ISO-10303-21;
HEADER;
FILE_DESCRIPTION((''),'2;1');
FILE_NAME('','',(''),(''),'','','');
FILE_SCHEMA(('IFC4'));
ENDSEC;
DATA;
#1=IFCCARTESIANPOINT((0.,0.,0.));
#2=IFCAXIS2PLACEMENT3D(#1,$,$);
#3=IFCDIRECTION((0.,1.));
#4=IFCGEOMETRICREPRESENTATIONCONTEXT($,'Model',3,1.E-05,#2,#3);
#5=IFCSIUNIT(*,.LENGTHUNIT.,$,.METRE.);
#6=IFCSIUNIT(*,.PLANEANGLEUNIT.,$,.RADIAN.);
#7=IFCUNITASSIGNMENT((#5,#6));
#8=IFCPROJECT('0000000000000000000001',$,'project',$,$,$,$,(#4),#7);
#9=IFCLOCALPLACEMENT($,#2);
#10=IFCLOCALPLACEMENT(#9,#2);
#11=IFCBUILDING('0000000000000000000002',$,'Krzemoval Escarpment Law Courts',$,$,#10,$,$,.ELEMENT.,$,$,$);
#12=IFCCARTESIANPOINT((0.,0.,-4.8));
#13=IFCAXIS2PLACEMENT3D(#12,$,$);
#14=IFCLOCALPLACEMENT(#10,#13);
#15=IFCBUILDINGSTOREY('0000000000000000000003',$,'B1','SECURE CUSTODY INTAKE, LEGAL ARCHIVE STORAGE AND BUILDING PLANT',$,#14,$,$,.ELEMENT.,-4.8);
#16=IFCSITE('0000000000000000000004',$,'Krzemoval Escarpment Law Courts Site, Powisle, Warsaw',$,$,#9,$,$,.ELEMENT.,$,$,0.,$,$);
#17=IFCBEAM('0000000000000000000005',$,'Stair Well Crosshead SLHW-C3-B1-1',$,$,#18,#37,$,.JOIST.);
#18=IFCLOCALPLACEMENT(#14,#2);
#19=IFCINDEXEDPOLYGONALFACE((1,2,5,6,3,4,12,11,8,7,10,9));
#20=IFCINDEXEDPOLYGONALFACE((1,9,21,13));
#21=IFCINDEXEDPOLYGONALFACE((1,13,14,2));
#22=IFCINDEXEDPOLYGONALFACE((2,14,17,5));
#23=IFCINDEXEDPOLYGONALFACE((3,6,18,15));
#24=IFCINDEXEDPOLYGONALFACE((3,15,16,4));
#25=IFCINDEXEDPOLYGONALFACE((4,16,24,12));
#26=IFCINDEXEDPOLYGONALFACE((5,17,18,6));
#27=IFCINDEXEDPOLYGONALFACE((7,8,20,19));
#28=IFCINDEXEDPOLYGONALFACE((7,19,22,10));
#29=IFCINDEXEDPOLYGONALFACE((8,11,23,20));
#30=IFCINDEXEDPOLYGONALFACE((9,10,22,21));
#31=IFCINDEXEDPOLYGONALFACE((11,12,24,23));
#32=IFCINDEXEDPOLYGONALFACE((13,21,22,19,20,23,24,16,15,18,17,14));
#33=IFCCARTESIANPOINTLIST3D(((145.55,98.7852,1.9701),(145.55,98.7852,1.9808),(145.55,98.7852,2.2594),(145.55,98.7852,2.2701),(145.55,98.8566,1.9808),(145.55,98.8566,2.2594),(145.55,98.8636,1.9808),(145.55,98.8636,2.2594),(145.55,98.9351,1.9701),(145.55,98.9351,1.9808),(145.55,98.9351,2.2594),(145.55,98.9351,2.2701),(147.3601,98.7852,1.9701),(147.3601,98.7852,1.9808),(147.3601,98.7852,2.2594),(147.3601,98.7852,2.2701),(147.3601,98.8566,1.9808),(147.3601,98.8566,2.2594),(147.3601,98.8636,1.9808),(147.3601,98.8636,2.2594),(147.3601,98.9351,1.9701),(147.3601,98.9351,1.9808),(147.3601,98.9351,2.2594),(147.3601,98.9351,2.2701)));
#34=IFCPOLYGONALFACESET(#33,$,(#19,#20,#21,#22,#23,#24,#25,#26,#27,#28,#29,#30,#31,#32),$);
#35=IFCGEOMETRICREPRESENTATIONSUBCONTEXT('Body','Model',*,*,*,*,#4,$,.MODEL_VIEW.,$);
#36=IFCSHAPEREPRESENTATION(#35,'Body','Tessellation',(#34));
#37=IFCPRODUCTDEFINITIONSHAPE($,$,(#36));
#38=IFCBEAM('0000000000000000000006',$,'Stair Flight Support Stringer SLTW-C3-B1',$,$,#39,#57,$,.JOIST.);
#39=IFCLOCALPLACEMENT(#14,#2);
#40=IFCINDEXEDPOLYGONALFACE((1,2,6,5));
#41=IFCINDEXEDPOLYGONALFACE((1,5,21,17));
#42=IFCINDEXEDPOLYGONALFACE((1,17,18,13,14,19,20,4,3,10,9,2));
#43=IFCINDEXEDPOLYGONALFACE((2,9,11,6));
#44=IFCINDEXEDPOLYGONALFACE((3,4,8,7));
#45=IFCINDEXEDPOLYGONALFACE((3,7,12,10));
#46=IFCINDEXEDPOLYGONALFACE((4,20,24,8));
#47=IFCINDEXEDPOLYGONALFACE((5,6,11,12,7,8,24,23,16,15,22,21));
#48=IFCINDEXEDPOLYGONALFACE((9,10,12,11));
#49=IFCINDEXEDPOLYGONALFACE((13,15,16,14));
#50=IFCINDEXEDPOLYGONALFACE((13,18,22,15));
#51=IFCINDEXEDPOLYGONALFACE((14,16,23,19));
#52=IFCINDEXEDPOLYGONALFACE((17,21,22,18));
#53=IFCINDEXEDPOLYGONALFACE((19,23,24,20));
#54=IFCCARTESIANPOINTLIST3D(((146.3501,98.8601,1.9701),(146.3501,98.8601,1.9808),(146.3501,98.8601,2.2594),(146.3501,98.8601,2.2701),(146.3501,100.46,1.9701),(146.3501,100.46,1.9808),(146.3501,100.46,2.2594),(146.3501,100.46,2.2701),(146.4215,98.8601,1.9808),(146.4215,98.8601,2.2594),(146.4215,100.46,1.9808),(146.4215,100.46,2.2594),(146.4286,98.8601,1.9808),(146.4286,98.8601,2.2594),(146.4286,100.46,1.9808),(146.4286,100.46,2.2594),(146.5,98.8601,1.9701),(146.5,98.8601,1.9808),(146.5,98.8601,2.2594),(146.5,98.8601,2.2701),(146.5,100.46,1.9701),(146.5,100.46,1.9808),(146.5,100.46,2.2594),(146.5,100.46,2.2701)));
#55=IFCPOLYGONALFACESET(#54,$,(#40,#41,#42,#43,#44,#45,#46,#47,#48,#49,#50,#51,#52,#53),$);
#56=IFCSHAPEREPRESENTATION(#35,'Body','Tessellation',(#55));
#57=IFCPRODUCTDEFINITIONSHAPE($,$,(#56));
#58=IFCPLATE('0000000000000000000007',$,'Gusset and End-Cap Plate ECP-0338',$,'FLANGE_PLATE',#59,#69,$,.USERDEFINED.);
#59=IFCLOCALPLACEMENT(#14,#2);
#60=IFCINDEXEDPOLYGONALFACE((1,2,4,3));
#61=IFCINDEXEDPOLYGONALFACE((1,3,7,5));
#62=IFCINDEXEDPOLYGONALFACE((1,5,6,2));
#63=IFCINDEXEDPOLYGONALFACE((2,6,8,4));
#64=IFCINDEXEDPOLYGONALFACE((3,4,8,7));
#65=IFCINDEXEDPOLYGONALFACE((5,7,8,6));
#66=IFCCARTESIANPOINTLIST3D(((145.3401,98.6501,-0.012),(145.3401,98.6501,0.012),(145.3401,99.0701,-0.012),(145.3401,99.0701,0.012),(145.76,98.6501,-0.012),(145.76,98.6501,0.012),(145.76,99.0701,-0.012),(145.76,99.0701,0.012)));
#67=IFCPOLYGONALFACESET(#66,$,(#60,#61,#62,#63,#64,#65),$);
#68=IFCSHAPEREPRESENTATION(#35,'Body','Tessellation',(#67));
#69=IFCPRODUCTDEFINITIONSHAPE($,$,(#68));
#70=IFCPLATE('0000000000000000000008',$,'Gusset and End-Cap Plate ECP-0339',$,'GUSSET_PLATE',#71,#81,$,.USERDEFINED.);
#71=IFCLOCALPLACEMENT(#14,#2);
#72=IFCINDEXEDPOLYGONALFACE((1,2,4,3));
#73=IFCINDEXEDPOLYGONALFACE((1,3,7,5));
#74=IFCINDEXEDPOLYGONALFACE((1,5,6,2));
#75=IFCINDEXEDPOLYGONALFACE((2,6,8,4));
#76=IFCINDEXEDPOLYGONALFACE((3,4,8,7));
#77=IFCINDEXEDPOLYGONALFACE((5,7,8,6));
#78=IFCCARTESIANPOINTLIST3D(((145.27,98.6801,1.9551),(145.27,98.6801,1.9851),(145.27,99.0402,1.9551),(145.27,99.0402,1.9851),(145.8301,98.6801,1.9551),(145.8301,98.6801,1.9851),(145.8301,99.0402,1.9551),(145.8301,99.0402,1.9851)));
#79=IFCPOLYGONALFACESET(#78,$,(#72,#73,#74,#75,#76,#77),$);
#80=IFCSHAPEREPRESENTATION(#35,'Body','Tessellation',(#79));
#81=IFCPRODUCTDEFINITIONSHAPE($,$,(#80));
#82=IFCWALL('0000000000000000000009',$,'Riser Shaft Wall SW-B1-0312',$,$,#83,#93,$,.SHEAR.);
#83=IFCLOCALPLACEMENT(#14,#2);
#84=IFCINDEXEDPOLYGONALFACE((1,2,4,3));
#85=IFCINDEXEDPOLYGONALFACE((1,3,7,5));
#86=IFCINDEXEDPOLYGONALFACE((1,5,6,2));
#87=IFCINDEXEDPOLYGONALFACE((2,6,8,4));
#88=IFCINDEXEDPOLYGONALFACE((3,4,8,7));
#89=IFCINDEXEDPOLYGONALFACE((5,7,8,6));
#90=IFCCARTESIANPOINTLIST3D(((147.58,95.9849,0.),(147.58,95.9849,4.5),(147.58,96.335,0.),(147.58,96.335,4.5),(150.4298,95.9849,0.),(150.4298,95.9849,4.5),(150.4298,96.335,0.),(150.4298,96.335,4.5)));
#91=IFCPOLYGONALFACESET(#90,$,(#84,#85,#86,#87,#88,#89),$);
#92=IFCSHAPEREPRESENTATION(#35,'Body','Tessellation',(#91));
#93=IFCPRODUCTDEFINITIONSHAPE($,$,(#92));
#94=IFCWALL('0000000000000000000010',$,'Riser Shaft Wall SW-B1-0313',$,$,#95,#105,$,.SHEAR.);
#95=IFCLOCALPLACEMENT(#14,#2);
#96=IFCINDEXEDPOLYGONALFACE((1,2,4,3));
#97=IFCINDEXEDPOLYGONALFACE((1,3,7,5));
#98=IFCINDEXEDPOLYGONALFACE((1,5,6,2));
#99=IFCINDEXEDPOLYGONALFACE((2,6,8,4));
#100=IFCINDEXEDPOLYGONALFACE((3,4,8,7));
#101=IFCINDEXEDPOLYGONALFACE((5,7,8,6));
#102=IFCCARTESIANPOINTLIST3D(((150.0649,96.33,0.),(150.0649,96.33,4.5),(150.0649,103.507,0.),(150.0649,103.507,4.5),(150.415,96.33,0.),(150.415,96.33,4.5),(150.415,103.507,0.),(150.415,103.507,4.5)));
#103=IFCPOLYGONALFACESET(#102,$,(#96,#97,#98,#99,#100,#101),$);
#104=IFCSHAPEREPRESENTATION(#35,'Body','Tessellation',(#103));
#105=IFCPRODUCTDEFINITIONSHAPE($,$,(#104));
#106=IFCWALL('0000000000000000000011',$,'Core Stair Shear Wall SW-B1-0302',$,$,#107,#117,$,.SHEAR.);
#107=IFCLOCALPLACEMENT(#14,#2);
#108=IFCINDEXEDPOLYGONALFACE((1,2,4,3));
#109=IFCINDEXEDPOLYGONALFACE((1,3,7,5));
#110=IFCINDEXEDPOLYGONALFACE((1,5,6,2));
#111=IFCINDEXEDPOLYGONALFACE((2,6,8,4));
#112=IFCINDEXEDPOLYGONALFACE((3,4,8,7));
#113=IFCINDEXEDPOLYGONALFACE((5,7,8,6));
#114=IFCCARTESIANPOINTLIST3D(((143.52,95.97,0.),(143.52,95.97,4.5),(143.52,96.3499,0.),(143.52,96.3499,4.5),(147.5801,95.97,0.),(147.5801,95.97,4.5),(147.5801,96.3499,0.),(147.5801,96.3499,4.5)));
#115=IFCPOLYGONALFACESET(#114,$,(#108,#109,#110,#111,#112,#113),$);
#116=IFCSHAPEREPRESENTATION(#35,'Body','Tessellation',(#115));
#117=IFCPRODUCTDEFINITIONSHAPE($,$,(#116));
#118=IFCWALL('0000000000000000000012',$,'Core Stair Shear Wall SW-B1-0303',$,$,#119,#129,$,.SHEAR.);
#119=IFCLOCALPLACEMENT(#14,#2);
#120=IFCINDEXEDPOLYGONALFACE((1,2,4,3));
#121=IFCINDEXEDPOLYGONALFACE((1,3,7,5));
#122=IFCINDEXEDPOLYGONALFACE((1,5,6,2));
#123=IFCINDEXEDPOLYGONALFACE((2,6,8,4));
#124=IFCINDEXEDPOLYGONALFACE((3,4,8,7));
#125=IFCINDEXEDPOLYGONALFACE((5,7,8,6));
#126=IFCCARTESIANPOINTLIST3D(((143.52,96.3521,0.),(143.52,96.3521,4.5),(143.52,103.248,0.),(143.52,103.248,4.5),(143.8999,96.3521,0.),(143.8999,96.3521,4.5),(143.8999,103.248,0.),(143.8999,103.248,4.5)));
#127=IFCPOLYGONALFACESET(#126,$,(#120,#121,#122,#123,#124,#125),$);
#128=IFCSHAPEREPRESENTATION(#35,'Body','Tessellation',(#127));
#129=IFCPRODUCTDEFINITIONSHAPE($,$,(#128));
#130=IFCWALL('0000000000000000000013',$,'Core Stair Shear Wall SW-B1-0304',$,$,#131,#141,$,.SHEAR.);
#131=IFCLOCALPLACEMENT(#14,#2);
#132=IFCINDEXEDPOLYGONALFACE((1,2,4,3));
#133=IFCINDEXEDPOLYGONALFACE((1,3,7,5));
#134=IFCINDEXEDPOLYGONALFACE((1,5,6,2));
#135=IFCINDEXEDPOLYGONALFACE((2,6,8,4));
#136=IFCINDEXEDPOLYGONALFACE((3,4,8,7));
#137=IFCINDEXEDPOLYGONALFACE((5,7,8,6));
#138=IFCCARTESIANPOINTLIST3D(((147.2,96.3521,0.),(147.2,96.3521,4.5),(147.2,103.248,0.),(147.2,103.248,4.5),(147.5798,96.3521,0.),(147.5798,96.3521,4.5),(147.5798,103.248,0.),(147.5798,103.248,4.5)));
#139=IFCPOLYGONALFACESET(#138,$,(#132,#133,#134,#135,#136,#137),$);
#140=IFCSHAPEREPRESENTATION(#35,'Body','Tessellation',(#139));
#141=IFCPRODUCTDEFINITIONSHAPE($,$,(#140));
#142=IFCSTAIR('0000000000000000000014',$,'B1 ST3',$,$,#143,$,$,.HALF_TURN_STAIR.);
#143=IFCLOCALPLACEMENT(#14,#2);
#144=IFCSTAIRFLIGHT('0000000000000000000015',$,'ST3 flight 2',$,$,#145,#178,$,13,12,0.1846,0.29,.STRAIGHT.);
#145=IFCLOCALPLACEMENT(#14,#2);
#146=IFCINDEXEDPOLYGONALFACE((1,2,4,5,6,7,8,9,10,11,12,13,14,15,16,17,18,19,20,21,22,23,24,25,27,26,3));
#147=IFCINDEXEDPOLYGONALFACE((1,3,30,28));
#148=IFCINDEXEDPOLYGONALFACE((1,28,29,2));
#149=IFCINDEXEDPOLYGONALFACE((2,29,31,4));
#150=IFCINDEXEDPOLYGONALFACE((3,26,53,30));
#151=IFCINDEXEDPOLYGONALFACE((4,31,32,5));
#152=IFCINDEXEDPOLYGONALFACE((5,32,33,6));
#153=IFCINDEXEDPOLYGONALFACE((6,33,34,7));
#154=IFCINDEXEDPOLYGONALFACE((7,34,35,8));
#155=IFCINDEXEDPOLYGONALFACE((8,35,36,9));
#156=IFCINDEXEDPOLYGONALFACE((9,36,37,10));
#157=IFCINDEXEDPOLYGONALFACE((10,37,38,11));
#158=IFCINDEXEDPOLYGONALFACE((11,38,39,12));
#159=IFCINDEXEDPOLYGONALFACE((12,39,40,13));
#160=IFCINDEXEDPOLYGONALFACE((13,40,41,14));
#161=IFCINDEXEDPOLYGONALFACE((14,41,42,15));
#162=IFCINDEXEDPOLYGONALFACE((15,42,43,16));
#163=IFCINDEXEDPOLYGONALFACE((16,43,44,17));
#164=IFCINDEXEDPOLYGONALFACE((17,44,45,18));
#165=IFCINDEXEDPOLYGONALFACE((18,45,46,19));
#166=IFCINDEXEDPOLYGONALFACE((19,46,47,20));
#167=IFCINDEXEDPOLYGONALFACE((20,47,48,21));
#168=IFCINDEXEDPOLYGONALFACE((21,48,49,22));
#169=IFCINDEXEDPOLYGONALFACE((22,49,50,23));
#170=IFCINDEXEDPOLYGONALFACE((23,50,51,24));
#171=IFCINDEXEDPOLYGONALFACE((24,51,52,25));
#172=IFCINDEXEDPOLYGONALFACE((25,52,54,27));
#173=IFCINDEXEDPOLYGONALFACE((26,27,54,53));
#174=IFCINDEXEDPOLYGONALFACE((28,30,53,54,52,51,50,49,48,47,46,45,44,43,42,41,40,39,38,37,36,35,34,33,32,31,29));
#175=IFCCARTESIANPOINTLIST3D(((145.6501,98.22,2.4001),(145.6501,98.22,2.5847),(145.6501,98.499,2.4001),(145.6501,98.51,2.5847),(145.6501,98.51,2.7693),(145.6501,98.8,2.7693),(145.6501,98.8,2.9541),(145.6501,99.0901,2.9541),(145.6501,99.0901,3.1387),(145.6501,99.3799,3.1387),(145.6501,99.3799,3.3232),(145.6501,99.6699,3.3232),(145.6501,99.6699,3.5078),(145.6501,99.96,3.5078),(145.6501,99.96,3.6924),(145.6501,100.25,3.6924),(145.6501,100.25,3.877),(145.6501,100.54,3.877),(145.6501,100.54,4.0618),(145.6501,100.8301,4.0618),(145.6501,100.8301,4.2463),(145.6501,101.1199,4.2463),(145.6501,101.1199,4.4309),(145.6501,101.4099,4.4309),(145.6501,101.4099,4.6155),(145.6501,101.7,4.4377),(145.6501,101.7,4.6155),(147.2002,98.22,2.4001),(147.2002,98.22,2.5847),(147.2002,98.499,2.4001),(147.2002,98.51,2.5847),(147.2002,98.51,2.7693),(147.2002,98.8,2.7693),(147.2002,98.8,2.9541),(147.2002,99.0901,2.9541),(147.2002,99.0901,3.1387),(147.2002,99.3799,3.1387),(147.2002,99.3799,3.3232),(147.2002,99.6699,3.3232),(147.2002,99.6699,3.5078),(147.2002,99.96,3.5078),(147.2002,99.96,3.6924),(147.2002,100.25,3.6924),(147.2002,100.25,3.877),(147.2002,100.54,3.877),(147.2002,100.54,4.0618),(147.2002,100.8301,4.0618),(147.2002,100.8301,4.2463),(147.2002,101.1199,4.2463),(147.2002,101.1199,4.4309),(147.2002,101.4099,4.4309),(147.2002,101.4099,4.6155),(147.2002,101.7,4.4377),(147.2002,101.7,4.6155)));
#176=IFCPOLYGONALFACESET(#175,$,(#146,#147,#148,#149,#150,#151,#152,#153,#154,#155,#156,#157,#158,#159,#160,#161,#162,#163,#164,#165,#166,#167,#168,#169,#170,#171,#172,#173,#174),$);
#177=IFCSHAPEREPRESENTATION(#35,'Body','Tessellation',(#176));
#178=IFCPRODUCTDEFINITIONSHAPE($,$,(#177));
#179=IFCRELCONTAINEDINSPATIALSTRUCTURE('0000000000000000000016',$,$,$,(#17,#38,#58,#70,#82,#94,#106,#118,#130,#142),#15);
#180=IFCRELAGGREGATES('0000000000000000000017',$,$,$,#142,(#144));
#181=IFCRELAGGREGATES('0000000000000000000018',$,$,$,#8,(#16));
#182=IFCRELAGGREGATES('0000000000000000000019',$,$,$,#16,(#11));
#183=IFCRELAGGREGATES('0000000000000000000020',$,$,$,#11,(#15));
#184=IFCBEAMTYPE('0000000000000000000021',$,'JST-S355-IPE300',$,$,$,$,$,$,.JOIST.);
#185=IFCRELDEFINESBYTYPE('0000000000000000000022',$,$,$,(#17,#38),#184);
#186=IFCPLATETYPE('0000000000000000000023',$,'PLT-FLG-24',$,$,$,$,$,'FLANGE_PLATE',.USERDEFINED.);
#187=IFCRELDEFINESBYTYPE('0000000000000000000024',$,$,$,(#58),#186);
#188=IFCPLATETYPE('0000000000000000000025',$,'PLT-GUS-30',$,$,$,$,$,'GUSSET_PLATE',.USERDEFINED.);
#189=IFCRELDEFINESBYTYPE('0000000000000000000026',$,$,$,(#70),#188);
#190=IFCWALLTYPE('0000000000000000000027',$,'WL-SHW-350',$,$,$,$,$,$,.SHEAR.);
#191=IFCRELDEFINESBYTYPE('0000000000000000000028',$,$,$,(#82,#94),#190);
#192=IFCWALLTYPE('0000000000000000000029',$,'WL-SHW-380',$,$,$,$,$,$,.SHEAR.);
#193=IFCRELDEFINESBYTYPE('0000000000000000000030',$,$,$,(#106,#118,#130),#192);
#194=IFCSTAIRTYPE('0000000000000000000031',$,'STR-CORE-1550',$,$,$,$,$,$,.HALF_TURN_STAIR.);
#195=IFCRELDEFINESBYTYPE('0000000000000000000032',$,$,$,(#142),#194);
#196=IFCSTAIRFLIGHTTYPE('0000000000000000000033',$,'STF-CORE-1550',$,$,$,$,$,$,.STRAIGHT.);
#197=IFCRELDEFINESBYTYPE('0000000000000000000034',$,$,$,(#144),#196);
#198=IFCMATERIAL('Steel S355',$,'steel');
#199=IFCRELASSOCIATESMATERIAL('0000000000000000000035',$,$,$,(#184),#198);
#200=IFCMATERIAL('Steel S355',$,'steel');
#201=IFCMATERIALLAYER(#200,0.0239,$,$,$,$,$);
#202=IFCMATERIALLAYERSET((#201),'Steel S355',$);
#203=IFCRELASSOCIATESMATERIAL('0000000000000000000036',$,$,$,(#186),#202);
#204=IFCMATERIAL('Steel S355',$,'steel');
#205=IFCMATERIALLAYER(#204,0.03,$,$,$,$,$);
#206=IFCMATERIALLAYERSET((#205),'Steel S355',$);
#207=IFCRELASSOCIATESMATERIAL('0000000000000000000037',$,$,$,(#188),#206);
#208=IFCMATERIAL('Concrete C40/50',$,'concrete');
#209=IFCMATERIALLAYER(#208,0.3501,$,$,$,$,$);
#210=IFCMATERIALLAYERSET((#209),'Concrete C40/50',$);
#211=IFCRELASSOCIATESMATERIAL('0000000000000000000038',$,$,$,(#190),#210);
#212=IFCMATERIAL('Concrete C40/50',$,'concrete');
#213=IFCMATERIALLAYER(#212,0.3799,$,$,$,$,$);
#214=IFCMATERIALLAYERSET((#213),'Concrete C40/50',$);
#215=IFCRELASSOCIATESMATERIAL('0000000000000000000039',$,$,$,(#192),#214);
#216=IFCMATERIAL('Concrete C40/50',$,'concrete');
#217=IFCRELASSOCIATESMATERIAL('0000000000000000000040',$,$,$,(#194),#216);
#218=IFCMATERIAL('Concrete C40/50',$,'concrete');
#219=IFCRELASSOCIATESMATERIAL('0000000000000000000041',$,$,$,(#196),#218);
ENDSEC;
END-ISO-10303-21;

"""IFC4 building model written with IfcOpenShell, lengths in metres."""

from ifc_helpers import new_model, si_unit, direction, frame, frame_2d, origin, origin_2d, place, context, subcontext, project, spatial, polyline, rectangle, i_section, outline, extrude, material, layer, layer_set, material_profile, profile_set, type_object, element, aggregate, save


model = new_model("IFC4")

# Units and contexts
model_context = context("Model", 3, precision=1e-05, world=origin(), true_north=direction((0.0, 1.0)))
body_context = subcontext(model_context, "Body", "Model", "MODEL_VIEW")
ifc_project = project(units=[si_unit("LENGTHUNIT", "METRE"), si_unit("PLANEANGLEUNIT", "RADIAN")], contexts=[model_context])

# Site, building, storey
site_placement = place(None, origin())
site = spatial("IfcSite", under=ifc_project, at=site_placement, Name="Krzemoval Escarpment Law Courts Site, Powisle, Warsaw", CompositionType="ELEMENT", RefElevation=0.0)
building_placement = place(site_placement, origin())
building = spatial("IfcBuilding", under=site, at=building_placement, Name="Krzemoval Escarpment Law Courts", CompositionType="ELEMENT")
storey_placement = place(building_placement, frame((0.0, 0.0, -4.8)))
storey = spatial("IfcBuildingStorey", under=building, at=storey_placement, Name="B1", Description="SECURE CUSTODY INTAKE, LEGAL ARCHIVE STORAGE AND BUILDING PLANT", CompositionType="ELEMENT", Elevation=-4.8)

# Beams
ifc_material_1 = material(Name="Steel S355", Category="steel")
ifc_material_profile_1 = material_profile(ifc_material_1, i_section(OverallWidth=0.1499, OverallDepth=0.3, WebThickness=0.0071, FlangeThickness=0.0107, at=origin_2d()), Name="IPE 300")
ifc_profile_set_1 = profile_set([ifc_material_profile_1], Name="Steel S355")
beam_type_1 = type_object("IfcBeamType", Name="JST-S355-IPE300", PredefinedType="JOIST", material=ifc_profile_set_1)
beam_1_placement = place(storey_placement, frame((145.55, 98.8601, 2.1201), z_axis=(1.0, 0.0, 0.0), x_axis=(0.0, 1.0, 0.0)))
element("IfcBeam", 1, at=beam_1_placement, inside=storey, type_object=beam_type_1, Name="Stair Well Crosshead SLHW-C3-B1-1", PredefinedType="JOIST", context=body_context, shape_type="SweptSolid", body=[
    extrude(i_section(OverallWidth=0.1499, OverallDepth=0.3, WebThickness=0.0071, FlangeThickness=0.0107, at=origin_2d()), origin(), (0.0, 0.0, 1.0), 1.8101),
])
beam_2_placement = place(storey_placement, frame((146.425, 98.8601, 2.1201), z_axis=(0.0, 1.0, 0.0), x_axis=(-1.0, 0.0, 0.0)))
element("IfcBeam", 2, at=beam_2_placement, inside=storey, type_object=beam_type_1, Name="Stair Flight Support Stringer SLTW-C3-B1", PredefinedType="JOIST", context=body_context, shape_type="SweptSolid", body=[
    extrude(i_section(OverallWidth=0.1499, OverallDepth=0.3, WebThickness=0.0071, FlangeThickness=0.0107, at=origin_2d()), origin(), (0.0, 0.0, 1.0), 1.5999),
])

# Plates
ifc_material_2 = material(Name="Steel S355", Category="steel")
ifc_layer_1 = layer(ifc_material_2, 0.0239)
ifc_layer_set_1 = layer_set([ifc_layer_1], Name="Steel S355")
plate_type_1 = type_object("IfcPlateType", Name="PLT-FLG-24", ElementType="FLANGE_PLATE", PredefinedType="USERDEFINED", material=ifc_layer_set_1)
plate_1_placement = place(storey_placement, frame((145.55, 98.8601, -0.012), z_axis=(0.0, 0.0, 1.0), x_axis=(1.0, 0.0, 0.0)))
element("IfcPlate", 3, at=plate_1_placement, inside=storey, type_object=plate_type_1, Name="Gusset and End-Cap Plate ECP-0338", ObjectType="FLANGE_PLATE", PredefinedType="USERDEFINED", context=body_context, shape_type="SweptSolid", body=[
    extrude(rectangle(XDim=0.4199, YDim=0.4199, at=origin_2d()), origin(), (0.0, 0.0, 1.0), 0.0239),
])
ifc_material_3 = material(Name="Steel S355", Category="steel")
ifc_layer_2 = layer(ifc_material_3, 0.03)
ifc_layer_set_2 = layer_set([ifc_layer_2], Name="Steel S355")
plate_type_2 = type_object("IfcPlateType", Name="PLT-GUS-30", ElementType="GUSSET_PLATE", PredefinedType="USERDEFINED", material=ifc_layer_set_2)
plate_2_placement = place(storey_placement, frame((145.55, 98.8601, 1.9551), z_axis=(0.0, 0.0, 1.0), x_axis=(1.0, 0.0, 0.0)))
element("IfcPlate", 4, at=plate_2_placement, inside=storey, type_object=plate_type_2, Name="Gusset and End-Cap Plate ECP-0339", ObjectType="GUSSET_PLATE", PredefinedType="USERDEFINED", context=body_context, shape_type="SweptSolid", body=[
    extrude(rectangle(XDim=0.5601, YDim=0.3601, at=origin_2d()), origin(), (0.0, 0.0, 1.0), 0.03),
])

# Walls
ifc_material_4 = material(Name="Concrete C40/50", Category="concrete")
ifc_layer_3 = layer(ifc_material_4, 0.3501)
ifc_layer_set_3 = layer_set([ifc_layer_3], Name="Concrete C40/50")
wall_type_1 = type_object("IfcWallType", Name="WL-SHW-350", PredefinedType="SHEAR", material=ifc_layer_set_3)
wall_1_placement = place(storey_placement, frame((147.5801, 96.1599, 0.0), z_axis=(0.0, 0.0, 1.0), x_axis=(1.0, 0.0, 0.0)))
element("IfcWall", 5, at=wall_1_placement, inside=storey, type_object=wall_type_1, Name="Riser Shaft Wall SW-B1-0312", PredefinedType="SHEAR", context=body_context, shape_type="SweptSolid", body=[
    extrude(rectangle(XDim=2.8499, YDim=0.3501, at=frame_2d((1.4248, 0.0))), origin(), (0.0, 0.0, 1.0), 4.5),
])
wall_2_placement = place(storey_placement, frame((150.24, 96.3301, 0.0), z_axis=(0.0, 0.0, 1.0), x_axis=(0.0, 1.0, 0.0)))
element("IfcWall", 6, at=wall_2_placement, inside=storey, type_object=wall_type_1, Name="Riser Shaft Wall SW-B1-0313", PredefinedType="SHEAR", context=body_context, shape_type="SweptSolid", body=[
    extrude(rectangle(XDim=7.177, YDim=0.3501, at=frame_2d((3.5884, 0.0))), origin(), (0.0, 0.0, 1.0), 4.5),
])
ifc_material_5 = material(Name="Concrete C40/50", Category="concrete")
ifc_layer_4 = layer(ifc_material_5, 0.3799)
ifc_layer_set_4 = layer_set([ifc_layer_4], Name="Concrete C40/50")
wall_type_2 = type_object("IfcWallType", Name="WL-SHW-380", PredefinedType="SHEAR", material=ifc_layer_set_4)
wall_3_placement = place(storey_placement, frame((143.52, 96.1599, 0.0), z_axis=(0.0, 0.0, 1.0), x_axis=(1.0, 0.0, 0.0)))
element("IfcWall", 7, at=wall_3_placement, inside=storey, type_object=wall_type_2, Name="Core Stair Shear Wall SW-B1-0302", PredefinedType="SHEAR", context=body_context, shape_type="SweptSolid", body=[
    extrude(rectangle(XDim=4.0601, YDim=0.3799, at=frame_2d((2.03, 0.0))), origin(), (0.0, 0.0, 1.0), 4.5),
])
for number, where, z_axis, x_axis, name in (
    (8, (143.71, 96.3521, 0.0), (0.0, 0.0, 1.0), (0.0, 1.0, 0.0), "Core Stair Shear Wall SW-B1-0303"),
    (9, (147.3899, 96.3521, 0.0), (0.0, 0.0, 1.0), (0.0, 1.0, 0.0), "Core Stair Shear Wall SW-B1-0304"),
):
    element("IfcWall", number, at=place(storey_placement, frame(where, z_axis=z_axis, x_axis=x_axis)), inside=storey, type_object=wall_type_2, Name=name, PredefinedType="SHEAR", context=body_context, shape_type="SweptSolid", body=[
        extrude(rectangle(XDim=6.896, YDim=0.3799, at=frame_2d((3.448, 0.0))), origin(), (0.0, 0.0, 1.0), 4.5),
    ])

# Stair, stair flight
ifc_material_6 = material(Name="Concrete C40/50", Category="concrete")
stair_type = type_object("IfcStairType", Name="STR-CORE-1550", PredefinedType="HALF_TURN_STAIR", material=ifc_material_6)
stair_placement = place(storey_placement, origin())
stair = element("IfcStair", 10, at=stair_placement, inside=storey, type_object=stair_type, Name="B1 ST3", PredefinedType="HALF_TURN_STAIR")
ifc_material_7 = material(Name="Concrete C40/50", Category="concrete")
stair_flight_type = type_object("IfcStairFlightType", Name="STF-CORE-1550", PredefinedType="STRAIGHT", material=ifc_material_7)
stair_flight_placement = place(storey_placement, frame((146.425, 98.22, 2.4001), z_axis=(0.0, 0.0, 1.0), x_axis=(0.0, 1.0, 0.0)))
stair_flight = element("IfcStairFlight", 11, at=stair_flight_placement, type_object=stair_flight_type, Name="ST3 flight 2", NumberOfRisers=13, NumberOfTreads=12, PredefinedType="STRAIGHT", RiserHeight=0.1846, TreadLength=0.29, context=body_context, shape_type="SweptSolid", body=[
    extrude(outline(polyline([(0.0, 0.0), (0.0, 0.1846), (0.29, 0.1846), (0.29, 0.3691), (0.5801, 0.3691), (0.5801, 0.554), (0.8701, 0.554), (0.8701, 0.7385), (1.1599, 0.7385), (1.1599, 0.9231), (1.45, 0.9231), (1.45, 1.1077), (1.74, 1.1077), (1.74, 1.2922), (2.03, 1.2922), (2.03, 1.4768), (2.3201, 1.4768), (2.3201, 1.6616), (2.6101, 1.6616), (2.6101, 1.8462), (2.8999, 1.8462), (2.8999, 2.0308), (3.1899, 2.0308), (3.1899, 2.2153), (3.48, 2.2153), (3.48, 2.3999), (3.48, 2.0376), (0.2791, 0.0), (0.0, 0.0)])), frame((0.0, 0.7749, 0.0), z_axis=(0.0, -1.0, 0.0), x_axis=(1.0, 0.0, 0.0)), (0.0, 0.0, 1.0), 1.55),
])
aggregate(stair, [stair_flight])

save(model, "model.ifc")
